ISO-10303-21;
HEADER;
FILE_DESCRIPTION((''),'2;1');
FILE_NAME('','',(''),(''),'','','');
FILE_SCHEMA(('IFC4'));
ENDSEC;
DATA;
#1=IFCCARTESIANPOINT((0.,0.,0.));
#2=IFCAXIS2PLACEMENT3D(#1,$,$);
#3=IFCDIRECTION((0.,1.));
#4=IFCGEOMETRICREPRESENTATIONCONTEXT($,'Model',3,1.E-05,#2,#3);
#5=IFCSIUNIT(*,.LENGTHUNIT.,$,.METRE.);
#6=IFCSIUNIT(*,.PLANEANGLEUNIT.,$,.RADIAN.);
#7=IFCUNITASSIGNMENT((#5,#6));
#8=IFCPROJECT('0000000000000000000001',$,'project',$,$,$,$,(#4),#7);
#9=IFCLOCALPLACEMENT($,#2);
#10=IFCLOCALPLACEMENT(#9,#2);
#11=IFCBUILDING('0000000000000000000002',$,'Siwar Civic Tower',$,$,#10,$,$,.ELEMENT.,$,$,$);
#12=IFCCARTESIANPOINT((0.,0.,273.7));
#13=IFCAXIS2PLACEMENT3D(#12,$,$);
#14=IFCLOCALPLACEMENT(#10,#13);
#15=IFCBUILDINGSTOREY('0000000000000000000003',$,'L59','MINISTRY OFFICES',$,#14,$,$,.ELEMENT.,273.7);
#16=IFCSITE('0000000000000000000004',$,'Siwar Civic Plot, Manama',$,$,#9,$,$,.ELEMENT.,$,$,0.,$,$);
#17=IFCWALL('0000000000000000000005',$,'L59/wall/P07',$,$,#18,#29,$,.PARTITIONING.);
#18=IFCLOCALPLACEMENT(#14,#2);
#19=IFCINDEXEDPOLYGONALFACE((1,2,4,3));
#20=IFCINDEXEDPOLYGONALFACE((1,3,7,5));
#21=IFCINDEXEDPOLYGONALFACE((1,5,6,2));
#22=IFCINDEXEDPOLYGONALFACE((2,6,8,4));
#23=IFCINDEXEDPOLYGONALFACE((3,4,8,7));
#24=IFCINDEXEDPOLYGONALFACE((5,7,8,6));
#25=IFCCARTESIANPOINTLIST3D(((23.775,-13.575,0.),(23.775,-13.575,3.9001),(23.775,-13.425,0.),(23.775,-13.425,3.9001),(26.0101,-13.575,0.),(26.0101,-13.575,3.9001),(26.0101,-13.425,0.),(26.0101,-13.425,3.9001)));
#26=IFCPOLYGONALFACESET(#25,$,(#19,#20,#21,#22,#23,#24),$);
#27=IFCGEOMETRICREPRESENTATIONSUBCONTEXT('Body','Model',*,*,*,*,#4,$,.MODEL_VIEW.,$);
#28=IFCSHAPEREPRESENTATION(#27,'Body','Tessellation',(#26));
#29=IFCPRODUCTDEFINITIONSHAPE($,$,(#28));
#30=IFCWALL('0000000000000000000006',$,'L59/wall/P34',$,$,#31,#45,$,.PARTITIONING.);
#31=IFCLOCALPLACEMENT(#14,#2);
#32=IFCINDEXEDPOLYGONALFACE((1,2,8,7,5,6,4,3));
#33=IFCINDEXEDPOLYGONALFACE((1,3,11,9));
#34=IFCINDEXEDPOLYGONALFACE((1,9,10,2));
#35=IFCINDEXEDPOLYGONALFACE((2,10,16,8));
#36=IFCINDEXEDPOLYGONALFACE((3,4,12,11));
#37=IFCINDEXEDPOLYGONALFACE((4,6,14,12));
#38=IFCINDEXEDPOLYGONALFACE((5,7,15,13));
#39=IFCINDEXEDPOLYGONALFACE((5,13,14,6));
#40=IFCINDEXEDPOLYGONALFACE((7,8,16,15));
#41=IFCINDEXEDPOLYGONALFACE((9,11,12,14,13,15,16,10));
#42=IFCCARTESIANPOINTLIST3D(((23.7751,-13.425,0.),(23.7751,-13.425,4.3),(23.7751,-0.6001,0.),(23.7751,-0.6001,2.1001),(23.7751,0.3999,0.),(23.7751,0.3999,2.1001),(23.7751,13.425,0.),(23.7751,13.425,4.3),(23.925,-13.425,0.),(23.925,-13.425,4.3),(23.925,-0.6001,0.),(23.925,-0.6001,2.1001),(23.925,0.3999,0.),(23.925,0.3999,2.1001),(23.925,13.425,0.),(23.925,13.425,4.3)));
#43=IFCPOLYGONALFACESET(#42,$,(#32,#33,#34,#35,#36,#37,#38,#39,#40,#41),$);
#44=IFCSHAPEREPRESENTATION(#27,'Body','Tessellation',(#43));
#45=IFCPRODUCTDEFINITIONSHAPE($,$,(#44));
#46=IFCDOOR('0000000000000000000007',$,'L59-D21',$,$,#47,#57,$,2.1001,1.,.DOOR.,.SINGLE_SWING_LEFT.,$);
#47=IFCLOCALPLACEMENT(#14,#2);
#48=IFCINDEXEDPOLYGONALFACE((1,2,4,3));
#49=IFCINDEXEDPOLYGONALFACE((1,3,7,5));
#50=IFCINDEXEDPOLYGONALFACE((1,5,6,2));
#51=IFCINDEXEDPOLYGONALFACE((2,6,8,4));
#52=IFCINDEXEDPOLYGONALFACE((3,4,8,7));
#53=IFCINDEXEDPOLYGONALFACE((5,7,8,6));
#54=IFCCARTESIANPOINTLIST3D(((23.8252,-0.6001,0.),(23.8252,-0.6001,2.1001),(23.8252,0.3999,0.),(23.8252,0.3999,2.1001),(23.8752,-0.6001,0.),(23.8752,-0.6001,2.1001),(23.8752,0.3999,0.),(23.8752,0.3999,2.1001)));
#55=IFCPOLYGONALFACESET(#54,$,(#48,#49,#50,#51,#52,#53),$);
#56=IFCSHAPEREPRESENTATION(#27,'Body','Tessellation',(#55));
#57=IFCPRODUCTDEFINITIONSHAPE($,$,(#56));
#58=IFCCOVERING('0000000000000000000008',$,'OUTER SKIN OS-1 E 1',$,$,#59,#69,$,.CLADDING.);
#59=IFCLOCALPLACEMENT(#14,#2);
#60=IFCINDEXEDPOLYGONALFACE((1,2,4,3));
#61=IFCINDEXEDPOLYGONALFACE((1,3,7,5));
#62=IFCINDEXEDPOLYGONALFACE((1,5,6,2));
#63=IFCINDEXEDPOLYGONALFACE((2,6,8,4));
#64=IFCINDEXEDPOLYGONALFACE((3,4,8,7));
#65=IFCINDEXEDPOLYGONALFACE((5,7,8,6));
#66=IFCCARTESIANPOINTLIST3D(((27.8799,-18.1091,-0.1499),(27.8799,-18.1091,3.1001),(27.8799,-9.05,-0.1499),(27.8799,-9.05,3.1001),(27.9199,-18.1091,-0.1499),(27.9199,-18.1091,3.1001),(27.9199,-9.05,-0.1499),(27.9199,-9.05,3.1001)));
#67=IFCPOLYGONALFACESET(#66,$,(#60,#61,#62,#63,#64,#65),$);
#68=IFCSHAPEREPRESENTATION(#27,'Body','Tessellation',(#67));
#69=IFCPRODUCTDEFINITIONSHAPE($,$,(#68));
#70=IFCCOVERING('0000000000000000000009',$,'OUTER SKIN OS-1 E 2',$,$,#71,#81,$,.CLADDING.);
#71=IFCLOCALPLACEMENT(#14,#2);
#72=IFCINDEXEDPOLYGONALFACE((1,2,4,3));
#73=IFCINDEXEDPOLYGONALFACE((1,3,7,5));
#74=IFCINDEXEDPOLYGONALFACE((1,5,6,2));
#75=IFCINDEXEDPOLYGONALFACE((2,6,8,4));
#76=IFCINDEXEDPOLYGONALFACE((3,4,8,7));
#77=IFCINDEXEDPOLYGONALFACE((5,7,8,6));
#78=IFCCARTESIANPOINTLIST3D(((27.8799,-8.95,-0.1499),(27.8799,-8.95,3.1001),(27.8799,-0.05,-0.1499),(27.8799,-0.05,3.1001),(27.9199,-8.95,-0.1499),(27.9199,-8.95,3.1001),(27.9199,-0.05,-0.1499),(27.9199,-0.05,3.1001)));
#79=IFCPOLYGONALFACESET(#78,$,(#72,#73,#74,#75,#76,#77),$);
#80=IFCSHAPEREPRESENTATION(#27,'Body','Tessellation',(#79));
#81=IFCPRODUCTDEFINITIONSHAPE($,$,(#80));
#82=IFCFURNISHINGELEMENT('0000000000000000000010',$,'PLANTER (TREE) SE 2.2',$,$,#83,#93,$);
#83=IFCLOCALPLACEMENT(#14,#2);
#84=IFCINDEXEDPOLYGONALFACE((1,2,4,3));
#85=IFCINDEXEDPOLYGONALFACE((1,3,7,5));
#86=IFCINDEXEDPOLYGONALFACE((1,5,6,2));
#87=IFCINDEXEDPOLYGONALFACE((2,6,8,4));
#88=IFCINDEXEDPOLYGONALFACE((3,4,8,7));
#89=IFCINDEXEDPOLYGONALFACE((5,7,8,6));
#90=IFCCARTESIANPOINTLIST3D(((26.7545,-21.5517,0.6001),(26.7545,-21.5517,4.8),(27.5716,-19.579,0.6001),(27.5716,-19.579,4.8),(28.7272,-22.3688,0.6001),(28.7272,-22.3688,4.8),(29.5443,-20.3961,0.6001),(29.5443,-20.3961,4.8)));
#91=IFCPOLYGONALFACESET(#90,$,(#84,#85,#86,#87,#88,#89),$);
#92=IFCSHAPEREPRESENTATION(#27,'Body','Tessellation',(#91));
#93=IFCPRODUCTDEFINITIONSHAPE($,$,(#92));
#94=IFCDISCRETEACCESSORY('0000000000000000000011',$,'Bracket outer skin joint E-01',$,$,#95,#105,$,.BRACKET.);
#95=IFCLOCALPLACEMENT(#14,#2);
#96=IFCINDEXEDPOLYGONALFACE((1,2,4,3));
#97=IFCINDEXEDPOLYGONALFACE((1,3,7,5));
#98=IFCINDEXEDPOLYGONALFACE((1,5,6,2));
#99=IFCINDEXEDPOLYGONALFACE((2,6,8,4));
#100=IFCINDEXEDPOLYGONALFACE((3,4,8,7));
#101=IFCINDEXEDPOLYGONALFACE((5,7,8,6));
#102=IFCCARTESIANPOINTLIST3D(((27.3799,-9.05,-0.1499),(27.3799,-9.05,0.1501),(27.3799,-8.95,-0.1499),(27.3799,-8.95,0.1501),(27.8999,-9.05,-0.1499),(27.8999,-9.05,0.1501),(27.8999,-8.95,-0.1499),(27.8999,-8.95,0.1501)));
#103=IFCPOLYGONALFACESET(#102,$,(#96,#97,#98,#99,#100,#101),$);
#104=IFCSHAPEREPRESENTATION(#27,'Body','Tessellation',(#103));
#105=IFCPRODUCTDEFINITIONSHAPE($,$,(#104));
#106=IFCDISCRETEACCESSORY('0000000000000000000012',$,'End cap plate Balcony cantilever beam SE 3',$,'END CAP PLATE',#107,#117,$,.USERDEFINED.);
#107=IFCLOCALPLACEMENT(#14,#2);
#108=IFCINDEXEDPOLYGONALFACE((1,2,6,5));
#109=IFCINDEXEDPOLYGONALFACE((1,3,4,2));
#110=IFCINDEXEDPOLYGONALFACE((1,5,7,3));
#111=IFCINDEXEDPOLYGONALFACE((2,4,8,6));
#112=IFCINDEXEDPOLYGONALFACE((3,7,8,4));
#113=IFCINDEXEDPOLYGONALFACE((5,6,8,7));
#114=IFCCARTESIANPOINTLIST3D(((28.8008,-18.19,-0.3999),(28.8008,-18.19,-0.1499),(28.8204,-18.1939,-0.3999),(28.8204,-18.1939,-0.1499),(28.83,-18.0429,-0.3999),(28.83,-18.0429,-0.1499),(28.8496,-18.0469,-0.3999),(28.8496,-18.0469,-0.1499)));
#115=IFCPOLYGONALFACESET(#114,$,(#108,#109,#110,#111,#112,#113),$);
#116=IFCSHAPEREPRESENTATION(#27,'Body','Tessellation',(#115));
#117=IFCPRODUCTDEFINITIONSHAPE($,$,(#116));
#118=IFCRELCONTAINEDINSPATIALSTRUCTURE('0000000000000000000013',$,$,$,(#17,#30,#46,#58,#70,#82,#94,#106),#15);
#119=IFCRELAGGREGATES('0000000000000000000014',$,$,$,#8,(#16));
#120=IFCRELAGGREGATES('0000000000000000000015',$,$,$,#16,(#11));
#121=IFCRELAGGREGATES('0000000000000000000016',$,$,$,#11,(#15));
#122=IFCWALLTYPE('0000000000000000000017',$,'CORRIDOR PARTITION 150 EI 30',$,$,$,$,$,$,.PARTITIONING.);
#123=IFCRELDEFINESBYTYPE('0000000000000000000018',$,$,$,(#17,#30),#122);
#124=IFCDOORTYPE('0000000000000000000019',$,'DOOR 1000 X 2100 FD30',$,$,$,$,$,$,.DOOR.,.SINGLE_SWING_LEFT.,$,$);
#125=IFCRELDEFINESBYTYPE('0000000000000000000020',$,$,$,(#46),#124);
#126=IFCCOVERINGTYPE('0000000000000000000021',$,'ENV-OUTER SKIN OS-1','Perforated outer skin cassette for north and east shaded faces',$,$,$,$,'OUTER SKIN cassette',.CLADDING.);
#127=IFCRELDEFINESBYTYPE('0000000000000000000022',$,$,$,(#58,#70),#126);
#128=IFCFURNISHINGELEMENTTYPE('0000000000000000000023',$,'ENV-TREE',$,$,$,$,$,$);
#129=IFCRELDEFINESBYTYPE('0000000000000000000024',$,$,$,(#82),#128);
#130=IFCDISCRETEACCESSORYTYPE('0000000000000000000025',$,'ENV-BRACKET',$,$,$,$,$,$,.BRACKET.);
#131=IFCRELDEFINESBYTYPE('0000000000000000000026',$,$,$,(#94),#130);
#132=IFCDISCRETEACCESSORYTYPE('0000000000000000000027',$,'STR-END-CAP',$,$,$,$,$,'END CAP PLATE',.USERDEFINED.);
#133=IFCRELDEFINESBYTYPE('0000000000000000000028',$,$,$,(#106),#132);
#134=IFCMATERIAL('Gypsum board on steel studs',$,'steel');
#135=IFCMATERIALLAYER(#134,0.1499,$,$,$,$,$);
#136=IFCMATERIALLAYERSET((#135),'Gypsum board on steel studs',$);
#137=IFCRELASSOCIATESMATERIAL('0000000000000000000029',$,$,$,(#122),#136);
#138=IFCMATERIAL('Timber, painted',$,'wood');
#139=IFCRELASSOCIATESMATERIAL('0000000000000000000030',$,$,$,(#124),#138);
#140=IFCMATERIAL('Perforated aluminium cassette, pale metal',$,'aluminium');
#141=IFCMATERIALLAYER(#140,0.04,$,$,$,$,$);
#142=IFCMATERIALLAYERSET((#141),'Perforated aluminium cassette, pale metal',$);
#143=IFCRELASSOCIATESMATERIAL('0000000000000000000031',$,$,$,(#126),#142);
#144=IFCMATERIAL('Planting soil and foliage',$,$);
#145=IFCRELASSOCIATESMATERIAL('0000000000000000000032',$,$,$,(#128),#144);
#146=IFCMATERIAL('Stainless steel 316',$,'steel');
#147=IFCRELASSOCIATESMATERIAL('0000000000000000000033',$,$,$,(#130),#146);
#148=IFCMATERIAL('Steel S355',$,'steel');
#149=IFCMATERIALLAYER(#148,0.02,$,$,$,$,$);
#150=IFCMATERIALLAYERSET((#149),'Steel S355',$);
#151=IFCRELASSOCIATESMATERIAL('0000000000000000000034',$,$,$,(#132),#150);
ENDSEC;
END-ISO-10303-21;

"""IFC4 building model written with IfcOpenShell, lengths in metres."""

from ifc_helpers import new_model, si_unit, direction, frame, frame_2d, origin, origin_2d, place, context, subcontext, project, spatial, rectangle, extrude, material, layer, layer_set, type_object, element, fill, save


model = new_model("IFC4")

# Units and contexts
model_context = context("Model", 3, precision=1e-05, world=origin(), true_north=direction((0.0, 1.0)))
body_context = subcontext(model_context, "Body", "Model", "MODEL_VIEW")
ifc_project = project(units=[si_unit("LENGTHUNIT", "METRE"), si_unit("PLANEANGLEUNIT", "RADIAN")], contexts=[model_context])

# Site, building, storey
site_placement = place(None, origin())
site = spatial("IfcSite", under=ifc_project, at=site_placement, Name="Siwar Civic Plot, Manama", CompositionType="ELEMENT", RefElevation=0.0)
building_placement = place(site_placement, origin())
building = spatial("IfcBuilding", under=site, at=building_placement, Name="Siwar Civic Tower", CompositionType="ELEMENT")
storey_placement = place(building_placement, frame((0.0, 0.0, 273.7)))
storey = spatial("IfcBuildingStorey", under=building, at=storey_placement, Name="L59", Description="MINISTRY OFFICES", CompositionType="ELEMENT", Elevation=273.7)

# Wall
ifc_material_1 = material(Name="Gypsum board on steel studs", Category="steel")
ifc_layer_1 = layer(ifc_material_1, 0.1499)
ifc_layer_set_1 = layer_set([ifc_layer_1], Name="Gypsum board on steel studs")
wall_type_1 = type_object("IfcWallType", Name="CORRIDOR PARTITION 150 EI 30", PredefinedType="PARTITIONING", material=ifc_layer_set_1)
wall_1_placement = place(storey_placement, frame((23.7749, -13.5, 0.0), z_axis=(0.0, 0.0, 1.0), x_axis=(1.0, 0.0, 0.0)))
element("IfcWall", 1, at=wall_1_placement, inside=storey, type_object=wall_type_1, Name="L59/wall/P07", PredefinedType="PARTITIONING", context=body_context, shape_type="SweptSolid", body=[
    extrude(rectangle(XDim=2.2351, YDim=0.1499, at=frame_2d((1.1177, 0.0))), origin(), (0.0, 0.0, 1.0), 3.9001),
])

# Wall, opening, door
wall_2_placement = place(storey_placement, frame((23.8501, -13.425, 0.0), z_axis=(0.0, 0.0, 1.0), x_axis=(0.0, 1.0, 0.0)))
wall_2 = element("IfcWall", 2, at=wall_2_placement, inside=storey, type_object=wall_type_1, Name="L59/wall/P34", PredefinedType="PARTITIONING", context=body_context, shape_type="SweptSolid", body=[
    extrude(rectangle(XDim=26.8501, YDim=0.1499, at=frame_2d((13.425, 0.0))), origin(), (0.0, 0.0, 1.0), 4.3),
])
opening_1_placement = place(wall_2_placement, frame((12.825, 0.0, 0.0)))
opening_1 = element("IfcOpeningElement", 3, at=opening_1_placement, cuts=wall_2, PredefinedType="OPENING", context=body_context, shape_type="SweptSolid", body=[
    extrude(rectangle(XDim=1.0, YDim=2.1001, at=frame_2d((0.5, 1.05))), frame((0.0, 0.085, 0.0), z_axis=(0.0, -1.0, 0.0), x_axis=(1.0, 0.0, 0.0)), (0.0, 0.0, 1.0), 0.1699),
])
ifc_material_2 = material(Name="Timber, painted", Category="wood")
door_type_1 = type_object("IfcDoorType", Name="DOOR 1000 X 2100 FD30", OperationType="SINGLE_SWING_LEFT", PredefinedType="DOOR", material=ifc_material_2)
door_1_placement = place(opening_1_placement, origin())
door_1 = element("IfcDoor", 4, at=door_1_placement, inside=storey, type_object=door_type_1, Name="L59-D21", OperationType="SINGLE_SWING_LEFT", OverallHeight=2.1001, OverallWidth=1.0, PredefinedType="DOOR", context=body_context, shape_type="SweptSolid", body=[
    extrude(rectangle(XDim=1.0, YDim=2.1001, at=frame_2d((0.5, 1.05))), frame((0.0, 0.0249, 0.0), z_axis=(0.0, -1.0, 0.0), x_axis=(1.0, 0.0, 0.0)), (0.0, 0.0, 1.0), 0.05),
])
fill(opening_1, door_1)

# Coverings
ifc_material_3 = material(Name="Perforated aluminium cassette, pale metal", Category="aluminium")
ifc_layer_2 = layer(ifc_material_3, 0.04)
ifc_layer_set_2 = layer_set([ifc_layer_2], Name="Perforated aluminium cassette, pale metal")
covering_type = type_object("IfcCoveringType", Name="ENV-OUTER SKIN OS-1", Description="Perforated outer skin cassette for north and east shaded faces", ElementType="OUTER SKIN cassette", PredefinedType="CLADDING", material=ifc_layer_set_2)
covering_1_placement = place(storey_placement, frame((27.8999, -13.5796, -0.1499), z_axis=(0.0, 0.0, 1.0), x_axis=(0.0, 1.0, 0.0)))
element("IfcCovering", 5, at=covering_1_placement, inside=storey, type_object=covering_type, Name="OUTER SKIN OS-1 E 1", PredefinedType="CLADDING", context=body_context, shape_type="SweptSolid", body=[
    extrude(rectangle(XDim=9.0591, YDim=0.04, at=origin_2d()), origin(), (0.0, 0.0, 1.0), 3.25),
])
covering_2_placement = place(storey_placement, frame((27.8999, -4.5, -0.1499), z_axis=(0.0, 0.0, 1.0), x_axis=(0.0, 1.0, 0.0)))
element("IfcCovering", 6, at=covering_2_placement, inside=storey, type_object=covering_type, Name="OUTER SKIN OS-1 E 2", PredefinedType="CLADDING", context=body_context, shape_type="SweptSolid", body=[
    extrude(rectangle(XDim=8.8999, YDim=0.04, at=origin_2d()), origin(), (0.0, 0.0, 1.0), 3.25),
])

# Furnishing element
ifc_material_4 = material(Name="Planting soil and foliage")
furnishing_element_type = type_object("IfcFurnishingElementType", Name="ENV-TREE", material=ifc_material_4)
furnishing_placement = place(storey_placement, frame((28.1494, -20.9739, 0.6001), z_axis=(0.0, 0.0, 1.0), x_axis=(0.382683, 0.92388, 0.0)))
element("IfcFurnishingElement", 7, at=furnishing_placement, inside=storey, type_object=furnishing_element_type, Name="PLANTER (TREE) SE 2.2", context=body_context, shape_type="SweptSolid", body=[
    extrude(rectangle(XDim=2.1353, YDim=2.1353, at=origin_2d()), origin(), (0.0, 0.0, 1.0), 4.2),
])

# Discrete accessories
ifc_material_5 = material(Name="Stainless steel 316", Category="steel")
discrete_accessory_type_1 = type_object("IfcDiscreteAccessoryType", Name="ENV-BRACKET", PredefinedType="BRACKET", material=ifc_material_5)
discrete_accessory_1_placement = place(storey_placement, frame((27.6399, -9.0, -0.1499), z_axis=(0.0, 0.0, 1.0), x_axis=(1.0, 0.0, 0.0)))
element("IfcDiscreteAccessory", 8, at=discrete_accessory_1_placement, inside=storey, type_object=discrete_accessory_type_1, Name="Bracket outer skin joint E-01", PredefinedType="BRACKET", context=body_context, shape_type="SweptSolid", body=[
    extrude(rectangle(XDim=0.52, YDim=0.1001, at=origin_2d()), origin(), (0.0, 0.0, 1.0), 0.3),
])
ifc_material_6 = material(Name="Steel S355", Category="steel")
ifc_layer_3 = layer(ifc_material_6, 0.02)
ifc_layer_set_3 = layer_set([ifc_layer_3], Name="Steel S355")
discrete_accessory_type_2 = type_object("IfcDiscreteAccessoryType", Name="STR-END-CAP", ElementType="END CAP PLATE", PredefinedType="USERDEFINED", material=ifc_layer_set_3)
discrete_accessory_2_placement = place(storey_placement, frame((28.8252, -18.1184, -0.3999), z_axis=(0.0, 0.0, 1.0), x_axis=(0.980785, -0.19509, 0.0)))
element("IfcDiscreteAccessory", 9, at=discrete_accessory_2_placement, inside=storey, type_object=discrete_accessory_type_2, Name="End cap plate Balcony cantilever beam SE 3", ObjectType="END CAP PLATE", PredefinedType="USERDEFINED", context=body_context, shape_type="SweptSolid", body=[
    extrude(rectangle(XDim=0.02, YDim=0.1499, at=origin_2d()), origin(), (0.0, 0.0, 1.0), 0.25),
])

save(model, "model.ifc")
